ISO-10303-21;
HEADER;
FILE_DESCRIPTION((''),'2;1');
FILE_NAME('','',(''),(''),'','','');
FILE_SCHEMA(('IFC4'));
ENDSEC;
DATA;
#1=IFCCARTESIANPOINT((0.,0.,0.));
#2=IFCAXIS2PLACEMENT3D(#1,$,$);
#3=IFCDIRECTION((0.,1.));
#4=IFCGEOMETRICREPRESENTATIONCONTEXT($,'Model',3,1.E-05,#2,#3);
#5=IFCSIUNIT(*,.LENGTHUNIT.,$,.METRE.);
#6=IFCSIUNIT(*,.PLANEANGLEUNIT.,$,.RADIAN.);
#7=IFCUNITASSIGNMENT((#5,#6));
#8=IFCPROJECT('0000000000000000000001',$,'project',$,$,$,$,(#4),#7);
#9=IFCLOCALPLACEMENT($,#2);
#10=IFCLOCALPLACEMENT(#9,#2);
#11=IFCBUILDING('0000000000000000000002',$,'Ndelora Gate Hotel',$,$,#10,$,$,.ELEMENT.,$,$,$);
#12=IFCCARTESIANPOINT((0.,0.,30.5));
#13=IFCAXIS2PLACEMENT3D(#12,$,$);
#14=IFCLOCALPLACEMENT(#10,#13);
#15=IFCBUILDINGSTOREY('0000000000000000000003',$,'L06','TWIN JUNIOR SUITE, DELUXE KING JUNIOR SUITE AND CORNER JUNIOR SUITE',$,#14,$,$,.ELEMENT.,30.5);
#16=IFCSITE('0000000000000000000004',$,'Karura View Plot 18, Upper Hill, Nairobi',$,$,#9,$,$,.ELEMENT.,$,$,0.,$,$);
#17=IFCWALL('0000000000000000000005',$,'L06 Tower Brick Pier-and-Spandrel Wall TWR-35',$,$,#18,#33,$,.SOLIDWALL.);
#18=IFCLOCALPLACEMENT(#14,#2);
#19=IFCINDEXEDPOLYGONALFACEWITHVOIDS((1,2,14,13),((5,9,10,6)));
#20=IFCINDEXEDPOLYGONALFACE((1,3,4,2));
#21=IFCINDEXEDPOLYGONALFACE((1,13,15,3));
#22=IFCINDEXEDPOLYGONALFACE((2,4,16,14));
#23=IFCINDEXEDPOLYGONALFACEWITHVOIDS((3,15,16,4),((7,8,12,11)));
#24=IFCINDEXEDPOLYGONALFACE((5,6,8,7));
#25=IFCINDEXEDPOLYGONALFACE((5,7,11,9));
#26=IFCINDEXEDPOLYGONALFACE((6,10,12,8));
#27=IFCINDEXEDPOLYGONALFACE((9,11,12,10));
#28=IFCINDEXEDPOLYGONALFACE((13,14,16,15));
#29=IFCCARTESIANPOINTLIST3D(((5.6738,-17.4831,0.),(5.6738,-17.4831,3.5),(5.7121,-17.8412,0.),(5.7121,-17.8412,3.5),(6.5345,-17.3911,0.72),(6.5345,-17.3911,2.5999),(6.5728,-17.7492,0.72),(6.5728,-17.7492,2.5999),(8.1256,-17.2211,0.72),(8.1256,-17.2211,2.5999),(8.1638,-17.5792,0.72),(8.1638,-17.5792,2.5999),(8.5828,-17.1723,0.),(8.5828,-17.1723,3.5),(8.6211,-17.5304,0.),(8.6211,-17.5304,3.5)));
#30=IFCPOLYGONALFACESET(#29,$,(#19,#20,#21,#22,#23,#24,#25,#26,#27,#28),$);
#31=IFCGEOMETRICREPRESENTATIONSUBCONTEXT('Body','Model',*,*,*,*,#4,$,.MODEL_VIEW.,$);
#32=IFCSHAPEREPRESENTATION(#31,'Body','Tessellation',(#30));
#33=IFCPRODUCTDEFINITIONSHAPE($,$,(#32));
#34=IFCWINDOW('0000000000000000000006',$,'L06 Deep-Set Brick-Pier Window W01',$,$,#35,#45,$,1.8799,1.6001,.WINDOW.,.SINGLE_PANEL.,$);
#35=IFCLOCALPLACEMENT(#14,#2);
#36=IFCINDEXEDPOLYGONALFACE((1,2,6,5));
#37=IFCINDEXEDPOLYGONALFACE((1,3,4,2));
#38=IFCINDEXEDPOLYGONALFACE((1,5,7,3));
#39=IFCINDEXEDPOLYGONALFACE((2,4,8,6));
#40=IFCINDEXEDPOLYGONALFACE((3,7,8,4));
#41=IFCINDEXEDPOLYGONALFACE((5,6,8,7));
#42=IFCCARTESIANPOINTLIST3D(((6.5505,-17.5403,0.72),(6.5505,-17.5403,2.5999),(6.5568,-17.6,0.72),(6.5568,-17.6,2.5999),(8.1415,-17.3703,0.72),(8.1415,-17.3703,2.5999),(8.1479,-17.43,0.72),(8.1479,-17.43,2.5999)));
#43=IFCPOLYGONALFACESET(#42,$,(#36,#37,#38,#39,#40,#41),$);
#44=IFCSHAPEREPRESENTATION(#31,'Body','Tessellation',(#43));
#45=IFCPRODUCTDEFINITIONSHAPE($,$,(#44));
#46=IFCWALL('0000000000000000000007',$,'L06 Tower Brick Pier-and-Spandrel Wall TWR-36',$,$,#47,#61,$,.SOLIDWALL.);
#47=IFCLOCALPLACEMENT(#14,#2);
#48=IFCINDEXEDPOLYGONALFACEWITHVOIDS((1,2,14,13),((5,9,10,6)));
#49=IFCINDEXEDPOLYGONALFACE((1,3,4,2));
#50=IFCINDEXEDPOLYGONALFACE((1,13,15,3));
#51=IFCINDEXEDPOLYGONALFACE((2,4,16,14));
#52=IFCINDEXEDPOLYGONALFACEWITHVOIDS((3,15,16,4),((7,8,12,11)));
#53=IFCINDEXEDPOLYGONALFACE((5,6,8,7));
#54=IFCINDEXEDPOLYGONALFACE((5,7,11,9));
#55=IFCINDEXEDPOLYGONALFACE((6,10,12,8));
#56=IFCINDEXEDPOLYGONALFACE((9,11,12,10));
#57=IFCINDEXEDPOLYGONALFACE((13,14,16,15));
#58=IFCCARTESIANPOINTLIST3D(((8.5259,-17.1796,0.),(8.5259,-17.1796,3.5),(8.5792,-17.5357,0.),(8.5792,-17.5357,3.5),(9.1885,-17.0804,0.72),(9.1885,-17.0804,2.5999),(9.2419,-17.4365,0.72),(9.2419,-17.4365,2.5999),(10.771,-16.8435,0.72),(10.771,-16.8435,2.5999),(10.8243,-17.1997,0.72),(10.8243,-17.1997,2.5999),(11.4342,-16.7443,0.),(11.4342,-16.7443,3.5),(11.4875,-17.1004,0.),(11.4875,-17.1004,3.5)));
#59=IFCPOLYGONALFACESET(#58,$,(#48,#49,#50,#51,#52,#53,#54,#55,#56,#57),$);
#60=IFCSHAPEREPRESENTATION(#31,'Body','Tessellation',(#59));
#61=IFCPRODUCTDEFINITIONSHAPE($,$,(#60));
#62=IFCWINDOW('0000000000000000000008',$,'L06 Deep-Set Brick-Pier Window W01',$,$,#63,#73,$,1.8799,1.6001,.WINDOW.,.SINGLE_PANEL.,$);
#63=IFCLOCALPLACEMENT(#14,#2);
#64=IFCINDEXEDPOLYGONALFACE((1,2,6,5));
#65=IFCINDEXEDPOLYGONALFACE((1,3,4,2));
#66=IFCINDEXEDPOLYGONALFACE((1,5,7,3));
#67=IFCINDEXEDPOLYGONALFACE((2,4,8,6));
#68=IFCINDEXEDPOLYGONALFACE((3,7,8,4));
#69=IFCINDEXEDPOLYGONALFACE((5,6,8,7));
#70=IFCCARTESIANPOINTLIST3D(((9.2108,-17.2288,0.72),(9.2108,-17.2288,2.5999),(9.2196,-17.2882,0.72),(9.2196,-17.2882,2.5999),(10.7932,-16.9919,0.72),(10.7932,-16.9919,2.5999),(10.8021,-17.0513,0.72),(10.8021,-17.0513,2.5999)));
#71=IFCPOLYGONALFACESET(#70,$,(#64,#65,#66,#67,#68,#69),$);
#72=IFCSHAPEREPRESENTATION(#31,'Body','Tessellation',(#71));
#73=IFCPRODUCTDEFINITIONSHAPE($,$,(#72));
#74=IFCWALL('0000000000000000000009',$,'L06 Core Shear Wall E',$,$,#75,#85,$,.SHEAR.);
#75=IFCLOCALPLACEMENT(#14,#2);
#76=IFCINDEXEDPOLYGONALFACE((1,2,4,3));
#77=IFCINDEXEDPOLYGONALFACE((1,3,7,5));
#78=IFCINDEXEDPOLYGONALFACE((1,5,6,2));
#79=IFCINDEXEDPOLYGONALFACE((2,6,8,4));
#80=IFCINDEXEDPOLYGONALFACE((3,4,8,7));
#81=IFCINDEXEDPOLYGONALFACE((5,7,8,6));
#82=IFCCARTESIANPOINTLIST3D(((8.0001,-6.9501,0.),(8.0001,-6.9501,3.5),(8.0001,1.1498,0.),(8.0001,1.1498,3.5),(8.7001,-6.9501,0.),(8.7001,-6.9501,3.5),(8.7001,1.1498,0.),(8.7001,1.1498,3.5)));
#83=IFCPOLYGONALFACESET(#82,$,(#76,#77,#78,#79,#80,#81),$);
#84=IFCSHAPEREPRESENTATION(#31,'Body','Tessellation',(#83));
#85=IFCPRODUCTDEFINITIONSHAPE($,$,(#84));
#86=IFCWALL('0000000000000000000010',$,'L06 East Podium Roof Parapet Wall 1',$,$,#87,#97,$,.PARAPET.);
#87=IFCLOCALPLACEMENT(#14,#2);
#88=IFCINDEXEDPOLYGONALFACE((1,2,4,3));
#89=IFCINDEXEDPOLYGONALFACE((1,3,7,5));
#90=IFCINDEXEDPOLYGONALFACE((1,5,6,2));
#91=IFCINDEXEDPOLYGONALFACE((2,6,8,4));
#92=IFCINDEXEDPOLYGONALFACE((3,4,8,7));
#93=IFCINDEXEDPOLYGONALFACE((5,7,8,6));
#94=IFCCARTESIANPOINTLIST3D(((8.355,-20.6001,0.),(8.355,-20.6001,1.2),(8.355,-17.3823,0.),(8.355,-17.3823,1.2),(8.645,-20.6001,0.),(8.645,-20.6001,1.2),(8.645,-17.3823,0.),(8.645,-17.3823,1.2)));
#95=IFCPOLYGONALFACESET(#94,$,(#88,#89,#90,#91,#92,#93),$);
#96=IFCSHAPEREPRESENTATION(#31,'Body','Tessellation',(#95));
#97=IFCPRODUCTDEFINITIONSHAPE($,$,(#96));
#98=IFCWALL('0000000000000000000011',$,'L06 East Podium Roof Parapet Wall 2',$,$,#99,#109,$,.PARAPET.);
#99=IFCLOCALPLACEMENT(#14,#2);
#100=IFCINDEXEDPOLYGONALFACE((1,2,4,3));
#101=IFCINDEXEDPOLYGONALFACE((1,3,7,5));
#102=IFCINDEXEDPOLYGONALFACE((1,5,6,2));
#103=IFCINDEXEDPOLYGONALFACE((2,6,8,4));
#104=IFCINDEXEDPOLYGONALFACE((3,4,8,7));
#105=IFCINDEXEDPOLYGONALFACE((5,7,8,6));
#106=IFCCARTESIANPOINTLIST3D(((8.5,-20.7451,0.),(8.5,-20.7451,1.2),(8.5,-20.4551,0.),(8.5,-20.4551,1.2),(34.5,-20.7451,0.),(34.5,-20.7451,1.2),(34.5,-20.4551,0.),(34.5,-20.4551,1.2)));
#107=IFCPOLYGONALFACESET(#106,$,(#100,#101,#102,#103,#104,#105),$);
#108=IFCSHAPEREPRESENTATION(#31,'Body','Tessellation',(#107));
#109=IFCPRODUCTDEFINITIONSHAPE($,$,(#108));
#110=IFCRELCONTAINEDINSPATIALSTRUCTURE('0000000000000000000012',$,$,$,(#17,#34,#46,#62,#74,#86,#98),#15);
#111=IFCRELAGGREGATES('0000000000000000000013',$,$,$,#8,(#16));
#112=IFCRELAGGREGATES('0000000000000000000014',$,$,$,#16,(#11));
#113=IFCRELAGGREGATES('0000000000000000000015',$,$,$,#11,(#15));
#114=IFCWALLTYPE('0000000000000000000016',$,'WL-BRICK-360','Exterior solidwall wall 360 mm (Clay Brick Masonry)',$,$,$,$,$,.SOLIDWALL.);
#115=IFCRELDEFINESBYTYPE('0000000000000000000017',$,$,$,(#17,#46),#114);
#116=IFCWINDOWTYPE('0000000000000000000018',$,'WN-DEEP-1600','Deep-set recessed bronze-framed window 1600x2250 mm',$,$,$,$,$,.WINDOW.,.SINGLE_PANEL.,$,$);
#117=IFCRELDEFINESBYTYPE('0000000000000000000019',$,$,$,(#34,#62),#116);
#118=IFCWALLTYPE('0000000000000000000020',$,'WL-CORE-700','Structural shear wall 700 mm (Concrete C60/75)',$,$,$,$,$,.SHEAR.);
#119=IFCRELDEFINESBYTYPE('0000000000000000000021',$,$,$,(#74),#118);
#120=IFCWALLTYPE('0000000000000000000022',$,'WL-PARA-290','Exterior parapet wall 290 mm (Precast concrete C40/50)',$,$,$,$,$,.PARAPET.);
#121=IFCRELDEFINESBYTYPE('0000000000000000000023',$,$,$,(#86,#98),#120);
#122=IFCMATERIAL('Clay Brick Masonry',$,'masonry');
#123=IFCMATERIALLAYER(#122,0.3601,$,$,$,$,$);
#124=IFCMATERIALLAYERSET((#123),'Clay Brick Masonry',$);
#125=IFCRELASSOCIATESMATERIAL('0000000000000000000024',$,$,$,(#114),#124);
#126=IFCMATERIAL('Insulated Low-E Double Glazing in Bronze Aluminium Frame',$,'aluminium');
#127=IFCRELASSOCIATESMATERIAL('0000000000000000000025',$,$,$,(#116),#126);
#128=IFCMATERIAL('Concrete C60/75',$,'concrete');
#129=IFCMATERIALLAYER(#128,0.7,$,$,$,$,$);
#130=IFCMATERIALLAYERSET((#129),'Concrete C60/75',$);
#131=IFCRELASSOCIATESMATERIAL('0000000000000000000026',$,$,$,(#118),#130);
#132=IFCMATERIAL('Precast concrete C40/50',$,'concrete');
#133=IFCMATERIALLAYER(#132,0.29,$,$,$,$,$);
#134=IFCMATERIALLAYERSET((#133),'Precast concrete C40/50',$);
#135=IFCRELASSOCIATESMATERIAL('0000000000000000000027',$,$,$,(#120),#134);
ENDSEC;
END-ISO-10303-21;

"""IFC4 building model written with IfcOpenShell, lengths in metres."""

from ifc_helpers import new_model, si_unit, direction, frame, frame_2d, origin, place, context, subcontext, project, spatial, rectangle, extrude, material, layer, layer_set, type_object, element, fill, save


model = new_model("IFC4")

# Units and contexts
model_context = context("Model", 3, precision=1e-05, world=origin(), true_north=direction((0.0, 1.0)))
body_context = subcontext(model_context, "Body", "Model", "MODEL_VIEW")
ifc_project = project(units=[si_unit("LENGTHUNIT", "METRE"), si_unit("PLANEANGLEUNIT", "RADIAN")], contexts=[model_context])

# Site, building, storey
site_placement = place(None, origin())
site = spatial("IfcSite", under=ifc_project, at=site_placement, Name="Karura View Plot 18, Upper Hill, Nairobi", CompositionType="ELEMENT", RefElevation=0.0)
building_placement = place(site_placement, origin())
building = spatial("IfcBuilding", under=site, at=building_placement, Name="Ndelora Gate Hotel", CompositionType="ELEMENT")
storey_placement = place(building_placement, frame((0.0, 0.0, 30.5)))
storey = spatial("IfcBuildingStorey", under=building, at=storey_placement, Name="L06", Description="TWIN JUNIOR SUITE, DELUXE KING JUNIOR SUITE AND CORNER JUNIOR SUITE", CompositionType="ELEMENT", Elevation=30.5)

# Shared definitions
ifc_material_1 = material(Name="Concrete C60/75", Category="concrete")

# Walls, openings, windows
ifc_material_2 = material(Name="Clay Brick Masonry", Category="masonry")
ifc_layer_1 = layer(ifc_material_2, 0.3601)
ifc_layer_set_1 = layer_set([ifc_layer_1], Name="Clay Brick Masonry")
wall_type_1 = type_object("IfcWallType", Name="WL-BRICK-360", Description="Exterior solidwall wall 360 mm (Clay Brick Masonry)", PredefinedType="SOLIDWALL", material=ifc_layer_set_1)
wall_1_placement = place(storey_placement, frame((8.6021, -17.3513, 0.0), z_axis=(0.0, 0.0, 1.0), x_axis=(-0.994341, -0.106236, 0.0)))
wall_1 = element("IfcWall", 1, at=wall_1_placement, inside=storey, type_object=wall_type_1, Name="L06 Tower Brick Pier-and-Spandrel Wall TWR-35", PredefinedType="SOLIDWALL", context=body_context, shape_type="SweptSolid", body=[
    extrude(rectangle(XDim=2.9255, YDim=0.3601, at=frame_2d((1.4629, 0.0))), origin(), (0.0, 0.0, 1.0), 3.5),
])
opening_1_placement = place(wall_1_placement, frame((0.46, 0.0, 0.72)))
opening_1 = element("IfcOpeningElement", 2, at=opening_1_placement, cuts=wall_1, PredefinedType="OPENING", context=body_context, shape_type="SweptSolid", body=[
    extrude(rectangle(XDim=1.6001, YDim=1.8799, at=frame_2d((0.8, 0.9399))), frame((0.0, 0.1899, 0.0), z_axis=(0.0, -1.0, 0.0), x_axis=(1.0, 0.0, 0.0)), (0.0, 0.0, 1.0), 0.3801),
])
ifc_material_3 = material(Name="Insulated Low-E Double Glazing in Bronze Aluminium Frame", Category="aluminium")
window_type = type_object("IfcWindowType", Name="WN-DEEP-1600", Description="Deep-set recessed bronze-framed window 1600x2250 mm", PartitioningType="SINGLE_PANEL", PredefinedType="WINDOW", material=ifc_material_3)
window_1_placement = place(opening_1_placement, origin())
window_1 = element("IfcWindow", 3, at=window_1_placement, inside=storey, type_object=window_type, Name="L06 Deep-Set Brick-Pier Window W01", OverallHeight=1.8799, OverallWidth=1.6001, PartitioningType="SINGLE_PANEL", PredefinedType="WINDOW", context=body_context, shape_type="SweptSolid", body=[
    extrude(rectangle(XDim=1.6001, YDim=1.8799, at=frame_2d((0.8, 0.9399))), frame((0.0, 0.03, 0.0), z_axis=(0.0, -1.0, 0.0), x_axis=(1.0, 0.0, 0.0)), (0.0, 0.0, 1.0), 0.0601),
])
fill(opening_1, window_1)
wall_2_placement = place(storey_placement, frame((11.4607, -16.9224, 0.0), z_axis=(0.0, 0.0, 1.0), x_axis=(-0.988983, -0.148032, 0.0)))
wall_2 = element("IfcWall", 4, at=wall_2_placement, inside=storey, type_object=wall_type_1, Name="L06 Tower Brick Pier-and-Spandrel Wall TWR-36", PredefinedType="SOLIDWALL", context=body_context, shape_type="SweptSolid", body=[
    extrude(rectangle(XDim=2.9407, YDim=0.3601, at=frame_2d((1.4702, 0.0))), origin(), (0.0, 0.0, 1.0), 3.5),
])
opening_2_placement = place(wall_2_placement, frame((0.6704, 0.0, 0.72)))
opening_2 = element("IfcOpeningElement", 5, at=opening_2_placement, cuts=wall_2, PredefinedType="OPENING", context=body_context, shape_type="SweptSolid", body=[
    extrude(rectangle(XDim=1.6001, YDim=1.8799, at=frame_2d((0.8, 0.9399))), frame((0.0, 0.1899, 0.0), z_axis=(0.0, -1.0, 0.0), x_axis=(1.0, 0.0, 0.0)), (0.0, 0.0, 1.0), 0.3801),
])
window_2_placement = place(opening_2_placement, origin())
window_2 = element("IfcWindow", 6, at=window_2_placement, inside=storey, type_object=window_type, Name="L06 Deep-Set Brick-Pier Window W01", OverallHeight=1.8799, OverallWidth=1.6001, PartitioningType="SINGLE_PANEL", PredefinedType="WINDOW", context=body_context, shape_type="SweptSolid", body=[
    extrude(rectangle(XDim=1.6001, YDim=1.8799, at=frame_2d((0.8, 0.9399))), frame((0.0, 0.03, 0.0), z_axis=(0.0, -1.0, 0.0), x_axis=(1.0, 0.0, 0.0)), (0.0, 0.0, 1.0), 0.0601),
])
fill(opening_2, window_2)

# Walls
ifc_layer_2 = layer(ifc_material_1, 0.7)
ifc_layer_set_2 = layer_set([ifc_layer_2], Name="Concrete C60/75")
wall_type_2 = type_object("IfcWallType", Name="WL-CORE-700", Description="Structural shear wall 700 mm (Concrete C60/75)", PredefinedType="SHEAR", material=ifc_layer_set_2)
wall_3_placement = place(storey_placement, frame((8.3501, -6.95, 0.0), z_axis=(0.0, 0.0, 1.0), x_axis=(0.0, 1.0, 0.0)))
element("IfcWall", 7, at=wall_3_placement, inside=storey, type_object=wall_type_2, Name="L06 Core Shear Wall E", PredefinedType="SHEAR", context=body_context, shape_type="SweptSolid", body=[
    extrude(rectangle(XDim=8.0999, YDim=0.7, at=frame_2d((4.0498, 0.0))), origin(), (0.0, 0.0, 1.0), 3.5),
])
ifc_material_4 = material(Name="Precast concrete C40/50", Category="concrete")
ifc_layer_3 = layer(ifc_material_4, 0.29)
ifc_layer_set_3 = layer_set([ifc_layer_3], Name="Precast concrete C40/50")
wall_type_3 = type_object("IfcWallType", Name="WL-PARA-290", Description="Exterior parapet wall 290 mm (Precast concrete C40/50)", PredefinedType="PARAPET", material=ifc_layer_set_3)
wall_4_placement = place(storey_placement, frame((8.5, -17.3823, 0.0), z_axis=(0.0, 0.0, 1.0), x_axis=(0.0, -1.0, 0.0)))
element("IfcWall", 8, at=wall_4_placement, inside=storey, type_object=wall_type_3, Name="L06 East Podium Roof Parapet Wall 1", PredefinedType="PARAPET", context=body_context, shape_type="SweptSolid", body=[
    extrude(rectangle(XDim=3.2178, YDim=0.29, at=frame_2d((1.6089, 0.0))), origin(), (0.0, 0.0, 1.0), 1.2),
])
wall_5_placement = place(storey_placement, frame((8.5, -20.6001, 0.0), z_axis=(0.0, 0.0, 1.0), x_axis=(1.0, 0.0, 0.0)))
element("IfcWall", 9, at=wall_5_placement, inside=storey, type_object=wall_type_3, Name="L06 East Podium Roof Parapet Wall 2", PredefinedType="PARAPET", context=body_context, shape_type="SweptSolid", body=[
    extrude(rectangle(XDim=26.0, YDim=0.29, at=frame_2d((13.0, 0.0))), origin(), (0.0, 0.0, 1.0), 1.2),
])

save(model, "model.ifc")
